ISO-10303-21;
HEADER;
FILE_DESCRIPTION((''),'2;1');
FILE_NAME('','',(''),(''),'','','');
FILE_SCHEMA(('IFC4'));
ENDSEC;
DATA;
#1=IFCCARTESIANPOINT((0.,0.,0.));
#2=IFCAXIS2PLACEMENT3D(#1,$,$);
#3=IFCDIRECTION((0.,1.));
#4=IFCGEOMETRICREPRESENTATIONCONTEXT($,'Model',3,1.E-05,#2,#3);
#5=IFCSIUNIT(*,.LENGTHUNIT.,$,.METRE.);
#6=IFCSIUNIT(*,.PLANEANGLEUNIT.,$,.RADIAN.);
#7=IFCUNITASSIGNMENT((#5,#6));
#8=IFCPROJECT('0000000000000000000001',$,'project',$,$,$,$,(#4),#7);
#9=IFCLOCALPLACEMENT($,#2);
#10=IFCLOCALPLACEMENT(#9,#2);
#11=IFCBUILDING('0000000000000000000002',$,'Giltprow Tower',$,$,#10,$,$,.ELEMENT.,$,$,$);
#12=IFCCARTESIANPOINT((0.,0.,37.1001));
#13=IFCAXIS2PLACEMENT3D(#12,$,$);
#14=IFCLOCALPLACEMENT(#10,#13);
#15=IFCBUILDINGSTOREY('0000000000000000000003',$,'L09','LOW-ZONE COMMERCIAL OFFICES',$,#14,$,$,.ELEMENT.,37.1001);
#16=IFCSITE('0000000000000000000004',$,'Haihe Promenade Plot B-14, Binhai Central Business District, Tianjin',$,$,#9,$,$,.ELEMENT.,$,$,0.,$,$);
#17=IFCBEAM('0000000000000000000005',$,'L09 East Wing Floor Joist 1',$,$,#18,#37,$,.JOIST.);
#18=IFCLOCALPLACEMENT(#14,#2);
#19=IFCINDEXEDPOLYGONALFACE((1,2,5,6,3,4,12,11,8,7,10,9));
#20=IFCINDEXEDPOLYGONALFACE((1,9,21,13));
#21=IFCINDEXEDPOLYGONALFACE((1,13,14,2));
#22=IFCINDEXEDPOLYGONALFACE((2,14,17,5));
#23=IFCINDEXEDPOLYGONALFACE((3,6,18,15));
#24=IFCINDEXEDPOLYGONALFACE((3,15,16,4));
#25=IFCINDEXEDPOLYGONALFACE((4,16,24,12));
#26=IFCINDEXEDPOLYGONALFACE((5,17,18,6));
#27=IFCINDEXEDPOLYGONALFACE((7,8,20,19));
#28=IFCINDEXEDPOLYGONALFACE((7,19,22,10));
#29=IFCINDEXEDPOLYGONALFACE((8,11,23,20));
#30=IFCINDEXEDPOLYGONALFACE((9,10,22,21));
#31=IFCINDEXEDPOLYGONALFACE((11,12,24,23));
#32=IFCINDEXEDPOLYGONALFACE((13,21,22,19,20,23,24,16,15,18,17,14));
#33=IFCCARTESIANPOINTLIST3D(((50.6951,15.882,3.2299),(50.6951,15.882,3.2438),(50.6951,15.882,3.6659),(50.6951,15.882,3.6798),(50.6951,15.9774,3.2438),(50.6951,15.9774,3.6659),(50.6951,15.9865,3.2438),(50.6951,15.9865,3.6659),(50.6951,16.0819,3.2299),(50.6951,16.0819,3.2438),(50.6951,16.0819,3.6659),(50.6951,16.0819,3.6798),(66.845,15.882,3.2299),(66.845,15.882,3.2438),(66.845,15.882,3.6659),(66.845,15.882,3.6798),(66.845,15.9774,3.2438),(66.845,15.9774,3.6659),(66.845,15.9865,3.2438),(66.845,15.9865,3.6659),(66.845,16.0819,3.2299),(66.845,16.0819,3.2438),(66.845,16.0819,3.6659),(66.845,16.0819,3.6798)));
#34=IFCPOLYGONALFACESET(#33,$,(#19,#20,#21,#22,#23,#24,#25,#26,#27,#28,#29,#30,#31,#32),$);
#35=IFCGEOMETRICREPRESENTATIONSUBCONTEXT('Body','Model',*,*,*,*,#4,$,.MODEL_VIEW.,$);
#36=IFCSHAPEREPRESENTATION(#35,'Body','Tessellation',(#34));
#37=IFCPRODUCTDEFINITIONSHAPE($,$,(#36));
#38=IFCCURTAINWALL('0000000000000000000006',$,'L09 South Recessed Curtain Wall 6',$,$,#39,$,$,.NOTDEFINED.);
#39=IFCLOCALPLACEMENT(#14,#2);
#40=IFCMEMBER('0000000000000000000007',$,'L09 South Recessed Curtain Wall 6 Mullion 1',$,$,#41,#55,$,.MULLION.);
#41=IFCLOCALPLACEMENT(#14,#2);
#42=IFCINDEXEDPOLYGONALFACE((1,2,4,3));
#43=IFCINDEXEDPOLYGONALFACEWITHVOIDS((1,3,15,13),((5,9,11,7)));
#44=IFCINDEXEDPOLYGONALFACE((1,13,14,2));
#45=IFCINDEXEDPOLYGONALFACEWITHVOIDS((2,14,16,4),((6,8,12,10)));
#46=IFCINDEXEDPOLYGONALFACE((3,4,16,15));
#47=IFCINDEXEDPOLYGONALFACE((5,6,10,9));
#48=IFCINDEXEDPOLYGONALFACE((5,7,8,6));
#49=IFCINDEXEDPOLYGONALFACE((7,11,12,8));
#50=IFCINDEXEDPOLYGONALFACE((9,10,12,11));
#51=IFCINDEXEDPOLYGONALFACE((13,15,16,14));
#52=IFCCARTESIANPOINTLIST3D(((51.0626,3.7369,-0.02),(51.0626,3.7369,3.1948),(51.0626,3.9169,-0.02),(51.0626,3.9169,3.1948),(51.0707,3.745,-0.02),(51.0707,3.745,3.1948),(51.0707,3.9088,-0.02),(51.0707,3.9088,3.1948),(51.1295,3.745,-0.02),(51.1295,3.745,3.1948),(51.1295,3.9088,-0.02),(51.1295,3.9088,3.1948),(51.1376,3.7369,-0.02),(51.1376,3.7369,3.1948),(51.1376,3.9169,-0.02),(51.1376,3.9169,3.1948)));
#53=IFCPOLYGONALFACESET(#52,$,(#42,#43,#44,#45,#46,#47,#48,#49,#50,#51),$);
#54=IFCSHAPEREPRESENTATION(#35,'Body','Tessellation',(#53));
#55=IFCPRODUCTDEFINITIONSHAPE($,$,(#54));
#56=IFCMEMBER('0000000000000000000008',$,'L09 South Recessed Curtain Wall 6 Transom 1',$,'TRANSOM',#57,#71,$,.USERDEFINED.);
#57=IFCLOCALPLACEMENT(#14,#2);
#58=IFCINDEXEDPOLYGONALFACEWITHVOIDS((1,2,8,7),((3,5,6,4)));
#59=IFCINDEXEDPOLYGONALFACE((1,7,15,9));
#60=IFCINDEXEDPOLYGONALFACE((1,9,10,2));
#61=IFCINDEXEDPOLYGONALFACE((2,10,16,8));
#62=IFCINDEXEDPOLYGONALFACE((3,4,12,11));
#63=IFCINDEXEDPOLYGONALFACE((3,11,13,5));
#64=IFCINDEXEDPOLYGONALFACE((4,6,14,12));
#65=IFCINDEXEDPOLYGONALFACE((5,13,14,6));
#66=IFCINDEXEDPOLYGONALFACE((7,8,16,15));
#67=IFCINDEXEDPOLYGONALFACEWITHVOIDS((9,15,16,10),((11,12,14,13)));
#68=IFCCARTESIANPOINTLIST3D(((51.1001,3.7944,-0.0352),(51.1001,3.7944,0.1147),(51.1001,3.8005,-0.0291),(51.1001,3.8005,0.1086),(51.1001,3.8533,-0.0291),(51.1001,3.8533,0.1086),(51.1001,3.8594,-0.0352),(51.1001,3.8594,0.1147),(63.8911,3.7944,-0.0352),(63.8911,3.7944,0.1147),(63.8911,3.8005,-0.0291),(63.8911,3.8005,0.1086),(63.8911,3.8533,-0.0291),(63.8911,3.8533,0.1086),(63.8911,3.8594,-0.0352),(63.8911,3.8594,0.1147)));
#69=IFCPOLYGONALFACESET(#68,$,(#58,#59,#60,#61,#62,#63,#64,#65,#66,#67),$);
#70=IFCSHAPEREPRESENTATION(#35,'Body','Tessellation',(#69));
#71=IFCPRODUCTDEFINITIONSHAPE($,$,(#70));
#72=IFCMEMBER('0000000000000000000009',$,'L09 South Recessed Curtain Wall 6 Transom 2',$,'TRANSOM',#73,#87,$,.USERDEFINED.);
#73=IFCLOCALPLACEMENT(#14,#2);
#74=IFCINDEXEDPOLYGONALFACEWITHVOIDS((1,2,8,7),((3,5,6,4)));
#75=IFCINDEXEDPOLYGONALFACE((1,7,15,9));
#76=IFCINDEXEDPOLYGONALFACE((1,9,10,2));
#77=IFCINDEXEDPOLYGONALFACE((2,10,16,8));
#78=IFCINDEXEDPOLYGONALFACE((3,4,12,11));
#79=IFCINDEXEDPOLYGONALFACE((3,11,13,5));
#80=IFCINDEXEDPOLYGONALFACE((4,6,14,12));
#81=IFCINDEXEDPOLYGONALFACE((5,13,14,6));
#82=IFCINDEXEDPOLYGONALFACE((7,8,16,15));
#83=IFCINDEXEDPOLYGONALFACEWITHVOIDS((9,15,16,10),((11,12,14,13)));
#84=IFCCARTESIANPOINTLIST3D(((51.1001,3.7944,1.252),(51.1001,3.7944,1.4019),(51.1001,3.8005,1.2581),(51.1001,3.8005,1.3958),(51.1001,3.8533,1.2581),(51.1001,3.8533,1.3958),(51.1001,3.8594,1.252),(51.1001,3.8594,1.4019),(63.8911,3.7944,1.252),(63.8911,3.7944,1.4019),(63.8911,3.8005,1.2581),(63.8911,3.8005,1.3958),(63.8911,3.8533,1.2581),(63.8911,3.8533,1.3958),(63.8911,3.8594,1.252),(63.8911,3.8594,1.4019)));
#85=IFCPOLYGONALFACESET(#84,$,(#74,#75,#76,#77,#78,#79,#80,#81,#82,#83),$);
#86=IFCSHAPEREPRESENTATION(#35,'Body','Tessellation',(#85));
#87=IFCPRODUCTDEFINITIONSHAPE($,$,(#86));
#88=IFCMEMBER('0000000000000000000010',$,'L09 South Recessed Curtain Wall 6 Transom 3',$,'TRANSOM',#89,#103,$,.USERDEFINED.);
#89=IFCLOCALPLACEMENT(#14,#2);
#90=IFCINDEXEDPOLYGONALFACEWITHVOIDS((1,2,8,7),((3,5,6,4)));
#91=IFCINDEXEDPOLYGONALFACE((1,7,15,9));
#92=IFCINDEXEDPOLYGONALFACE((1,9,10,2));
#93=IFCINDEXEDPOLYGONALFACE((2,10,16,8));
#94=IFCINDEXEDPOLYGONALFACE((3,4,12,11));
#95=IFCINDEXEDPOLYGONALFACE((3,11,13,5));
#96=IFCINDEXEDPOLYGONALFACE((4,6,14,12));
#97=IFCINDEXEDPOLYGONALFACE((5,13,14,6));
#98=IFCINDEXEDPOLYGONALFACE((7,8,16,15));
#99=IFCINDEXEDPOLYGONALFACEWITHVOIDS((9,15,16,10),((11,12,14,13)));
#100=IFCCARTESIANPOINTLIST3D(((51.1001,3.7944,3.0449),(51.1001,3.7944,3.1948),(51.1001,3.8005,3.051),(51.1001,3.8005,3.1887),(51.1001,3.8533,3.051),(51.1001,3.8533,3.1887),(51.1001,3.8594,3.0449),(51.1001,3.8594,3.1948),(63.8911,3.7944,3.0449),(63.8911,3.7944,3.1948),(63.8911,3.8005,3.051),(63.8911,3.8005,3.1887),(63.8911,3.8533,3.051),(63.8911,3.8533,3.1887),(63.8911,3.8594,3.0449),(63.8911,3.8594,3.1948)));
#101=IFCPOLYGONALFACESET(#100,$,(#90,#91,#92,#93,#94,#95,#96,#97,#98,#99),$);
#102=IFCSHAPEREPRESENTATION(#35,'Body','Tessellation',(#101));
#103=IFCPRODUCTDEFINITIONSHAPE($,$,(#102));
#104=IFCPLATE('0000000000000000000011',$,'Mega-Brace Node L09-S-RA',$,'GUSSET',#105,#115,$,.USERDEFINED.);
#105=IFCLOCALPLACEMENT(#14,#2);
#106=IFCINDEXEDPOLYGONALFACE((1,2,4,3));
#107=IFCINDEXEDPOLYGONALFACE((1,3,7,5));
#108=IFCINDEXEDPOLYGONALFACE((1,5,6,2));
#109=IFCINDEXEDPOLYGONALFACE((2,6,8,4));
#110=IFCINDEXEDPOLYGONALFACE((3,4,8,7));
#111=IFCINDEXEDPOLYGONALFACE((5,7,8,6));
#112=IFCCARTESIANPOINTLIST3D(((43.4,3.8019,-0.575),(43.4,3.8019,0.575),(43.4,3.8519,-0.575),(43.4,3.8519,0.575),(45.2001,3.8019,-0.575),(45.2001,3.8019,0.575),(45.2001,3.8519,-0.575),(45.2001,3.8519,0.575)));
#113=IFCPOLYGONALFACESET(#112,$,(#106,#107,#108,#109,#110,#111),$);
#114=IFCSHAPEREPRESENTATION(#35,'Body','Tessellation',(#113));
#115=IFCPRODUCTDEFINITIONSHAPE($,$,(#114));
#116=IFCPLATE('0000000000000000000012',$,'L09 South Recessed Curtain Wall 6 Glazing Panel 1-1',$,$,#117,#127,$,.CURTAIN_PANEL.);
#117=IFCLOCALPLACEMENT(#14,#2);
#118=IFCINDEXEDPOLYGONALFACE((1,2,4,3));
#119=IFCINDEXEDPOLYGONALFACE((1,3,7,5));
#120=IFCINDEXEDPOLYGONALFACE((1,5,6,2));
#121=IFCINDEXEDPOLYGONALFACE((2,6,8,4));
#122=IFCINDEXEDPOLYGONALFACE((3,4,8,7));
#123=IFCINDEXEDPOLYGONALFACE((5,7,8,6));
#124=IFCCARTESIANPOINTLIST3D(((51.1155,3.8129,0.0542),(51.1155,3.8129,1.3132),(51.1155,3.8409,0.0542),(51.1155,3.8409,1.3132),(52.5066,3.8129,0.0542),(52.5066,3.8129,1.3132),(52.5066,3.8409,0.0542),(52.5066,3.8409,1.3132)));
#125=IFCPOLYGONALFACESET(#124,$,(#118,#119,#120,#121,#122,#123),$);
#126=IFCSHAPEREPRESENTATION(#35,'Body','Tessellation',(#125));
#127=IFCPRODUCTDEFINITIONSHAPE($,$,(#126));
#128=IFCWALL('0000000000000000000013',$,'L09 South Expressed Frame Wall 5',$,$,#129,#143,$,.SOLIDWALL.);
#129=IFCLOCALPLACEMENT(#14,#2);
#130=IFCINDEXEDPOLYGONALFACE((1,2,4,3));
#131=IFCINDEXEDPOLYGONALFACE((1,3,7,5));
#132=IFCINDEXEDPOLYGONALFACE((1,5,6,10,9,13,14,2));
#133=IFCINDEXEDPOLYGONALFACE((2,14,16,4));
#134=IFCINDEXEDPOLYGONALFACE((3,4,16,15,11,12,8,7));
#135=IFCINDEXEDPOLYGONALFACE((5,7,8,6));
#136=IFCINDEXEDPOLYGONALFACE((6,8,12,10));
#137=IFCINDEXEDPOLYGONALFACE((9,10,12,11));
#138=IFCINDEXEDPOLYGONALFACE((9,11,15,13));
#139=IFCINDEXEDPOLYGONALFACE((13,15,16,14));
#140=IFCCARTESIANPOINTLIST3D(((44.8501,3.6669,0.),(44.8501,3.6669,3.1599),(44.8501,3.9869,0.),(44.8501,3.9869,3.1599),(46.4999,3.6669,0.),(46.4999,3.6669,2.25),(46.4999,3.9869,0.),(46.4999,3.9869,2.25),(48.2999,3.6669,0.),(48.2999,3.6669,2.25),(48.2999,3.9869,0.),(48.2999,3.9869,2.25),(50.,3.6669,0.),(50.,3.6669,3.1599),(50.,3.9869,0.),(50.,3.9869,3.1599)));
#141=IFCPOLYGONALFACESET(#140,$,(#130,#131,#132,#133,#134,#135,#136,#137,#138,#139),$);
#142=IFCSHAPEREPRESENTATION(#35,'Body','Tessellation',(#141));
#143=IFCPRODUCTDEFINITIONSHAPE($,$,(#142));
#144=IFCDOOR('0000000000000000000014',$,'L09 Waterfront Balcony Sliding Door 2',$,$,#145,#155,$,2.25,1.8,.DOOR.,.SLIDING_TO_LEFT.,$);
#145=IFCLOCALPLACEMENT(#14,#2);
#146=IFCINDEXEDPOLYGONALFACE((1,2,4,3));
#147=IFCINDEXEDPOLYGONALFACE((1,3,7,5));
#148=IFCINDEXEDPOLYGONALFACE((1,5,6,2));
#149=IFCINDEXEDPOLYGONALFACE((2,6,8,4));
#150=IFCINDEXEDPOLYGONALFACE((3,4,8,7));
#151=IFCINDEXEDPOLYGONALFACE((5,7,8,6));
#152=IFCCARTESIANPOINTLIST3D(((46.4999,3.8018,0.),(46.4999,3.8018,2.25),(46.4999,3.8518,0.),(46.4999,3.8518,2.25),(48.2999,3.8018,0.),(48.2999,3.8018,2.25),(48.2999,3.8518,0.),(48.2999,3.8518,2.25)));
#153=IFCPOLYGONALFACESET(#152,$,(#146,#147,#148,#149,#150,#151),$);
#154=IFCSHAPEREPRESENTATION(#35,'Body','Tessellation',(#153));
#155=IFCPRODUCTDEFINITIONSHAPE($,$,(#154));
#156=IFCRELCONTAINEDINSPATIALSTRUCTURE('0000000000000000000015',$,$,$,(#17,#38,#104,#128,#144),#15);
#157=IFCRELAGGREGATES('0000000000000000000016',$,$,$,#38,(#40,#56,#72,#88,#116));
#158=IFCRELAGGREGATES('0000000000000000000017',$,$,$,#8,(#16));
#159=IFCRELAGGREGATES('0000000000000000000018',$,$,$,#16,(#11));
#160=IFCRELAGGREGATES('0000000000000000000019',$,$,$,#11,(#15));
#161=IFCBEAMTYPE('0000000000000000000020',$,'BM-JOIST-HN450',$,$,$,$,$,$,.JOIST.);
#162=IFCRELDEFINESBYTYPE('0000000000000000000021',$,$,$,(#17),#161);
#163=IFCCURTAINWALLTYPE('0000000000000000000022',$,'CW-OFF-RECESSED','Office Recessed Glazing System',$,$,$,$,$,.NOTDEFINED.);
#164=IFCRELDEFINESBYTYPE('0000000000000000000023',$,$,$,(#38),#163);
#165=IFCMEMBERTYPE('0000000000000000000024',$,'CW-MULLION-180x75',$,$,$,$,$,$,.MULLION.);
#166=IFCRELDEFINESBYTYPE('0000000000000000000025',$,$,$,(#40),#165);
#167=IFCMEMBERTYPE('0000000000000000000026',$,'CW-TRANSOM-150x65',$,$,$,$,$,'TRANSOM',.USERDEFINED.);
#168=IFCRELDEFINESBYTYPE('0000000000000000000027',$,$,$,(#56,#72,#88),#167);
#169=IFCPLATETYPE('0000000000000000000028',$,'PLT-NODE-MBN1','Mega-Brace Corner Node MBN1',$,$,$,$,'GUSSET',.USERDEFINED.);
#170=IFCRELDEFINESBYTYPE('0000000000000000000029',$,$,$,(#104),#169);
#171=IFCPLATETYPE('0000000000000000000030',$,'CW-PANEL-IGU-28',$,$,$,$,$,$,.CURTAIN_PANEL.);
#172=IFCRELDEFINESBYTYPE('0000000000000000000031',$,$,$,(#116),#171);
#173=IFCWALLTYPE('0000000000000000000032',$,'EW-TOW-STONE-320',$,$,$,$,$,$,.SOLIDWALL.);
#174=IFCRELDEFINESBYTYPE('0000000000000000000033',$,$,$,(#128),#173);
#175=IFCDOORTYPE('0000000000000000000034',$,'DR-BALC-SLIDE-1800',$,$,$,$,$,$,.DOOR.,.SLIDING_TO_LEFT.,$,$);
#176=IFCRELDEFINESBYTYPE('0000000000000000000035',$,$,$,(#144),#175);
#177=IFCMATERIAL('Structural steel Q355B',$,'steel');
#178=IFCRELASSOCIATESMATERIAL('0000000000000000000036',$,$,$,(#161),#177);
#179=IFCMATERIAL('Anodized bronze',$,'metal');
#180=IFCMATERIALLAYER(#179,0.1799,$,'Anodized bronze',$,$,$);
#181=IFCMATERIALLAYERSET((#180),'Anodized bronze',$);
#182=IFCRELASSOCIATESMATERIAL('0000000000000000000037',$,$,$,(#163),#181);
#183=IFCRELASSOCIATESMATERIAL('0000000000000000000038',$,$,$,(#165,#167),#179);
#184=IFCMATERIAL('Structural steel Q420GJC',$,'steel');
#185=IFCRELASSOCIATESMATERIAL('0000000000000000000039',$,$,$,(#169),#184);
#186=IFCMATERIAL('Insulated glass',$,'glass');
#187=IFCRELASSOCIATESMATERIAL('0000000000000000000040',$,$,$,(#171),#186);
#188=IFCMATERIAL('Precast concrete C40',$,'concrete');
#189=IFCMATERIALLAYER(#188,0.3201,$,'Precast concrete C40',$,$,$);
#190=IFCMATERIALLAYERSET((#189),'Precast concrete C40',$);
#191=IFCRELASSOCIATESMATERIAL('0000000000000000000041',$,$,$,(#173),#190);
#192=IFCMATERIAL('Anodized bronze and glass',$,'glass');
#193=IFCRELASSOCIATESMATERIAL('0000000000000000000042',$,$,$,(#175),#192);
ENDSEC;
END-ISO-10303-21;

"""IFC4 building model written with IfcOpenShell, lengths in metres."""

from ifc_helpers import new_model, si_unit, direction, frame, frame_2d, origin, origin_2d, place, context, subcontext, project, spatial, rectangle, hollow_rectangle, i_section, extrude, source, transform, mapped, material, layer, layer_set, material_profile, profile_set, type_object, element, fill, aggregate, save


model = new_model("IFC4")

# Units and contexts
model_context = context("Model", 3, precision=1e-05, world=origin(), true_north=direction((0.0, 1.0)))
body_context = subcontext(model_context, "Body", "Model", "MODEL_VIEW")
ifc_project = project(units=[si_unit("LENGTHUNIT", "METRE"), si_unit("PLANEANGLEUNIT", "RADIAN")], contexts=[model_context])

# Site, building, storey
site_placement = place(None, origin())
site = spatial("IfcSite", under=ifc_project, at=site_placement, Name="Haihe Promenade Plot B-14, Binhai Central Business District, Tianjin", CompositionType="ELEMENT", RefElevation=0.0)
building_placement = place(site_placement, origin())
building = spatial("IfcBuilding", under=site, at=building_placement, Name="Giltprow Tower", CompositionType="ELEMENT")
storey_placement = place(building_placement, frame((0.0, 0.0, 37.1001)))
storey = spatial("IfcBuildingStorey", under=building, at=storey_placement, Name="L09", Description="LOW-ZONE COMMERCIAL OFFICES", CompositionType="ELEMENT", Elevation=37.1001)

# Shared definitions
ifc_material_1 = material(Name="Structural steel Q420GJC", Category="steel")

# Beam
ifc_material_2 = material(Name="Structural steel Q355B", Category="steel")
ifc_material_profile_1 = material_profile(ifc_material_2, i_section(OverallWidth=0.2, OverallDepth=0.45, WebThickness=0.009, FlangeThickness=0.0139, at=origin_2d()), Name="HN 450x200x9x14")
ifc_profile_set_1 = profile_set([ifc_material_profile_1], Name="Structural steel Q355B")
beam_type_1 = type_object("IfcBeamType", Name="BM-JOIST-HN450", PredefinedType="JOIST", material=ifc_profile_set_1)
shared_shape_1 = source(origin(), body_context, "Body", "SweptSolid", [
    extrude(i_section(OverallWidth=0.2, OverallDepth=0.45, WebThickness=0.009, FlangeThickness=0.0139, at=origin_2d()), origin(), (0.0, 0.0, 1.0), 16.1499),
])
beam_1_placement = place(storey_placement, frame((50.6951, 15.9819, 3.4548), z_axis=(1.0, 0.0, 0.0), x_axis=(0.0, 1.0, 0.0)))
element("IfcBeam", 1, at=beam_1_placement, inside=storey, type_object=beam_type_1, Name="L09 East Wing Floor Joist 1", PredefinedType="JOIST", context=body_context, shape_type="MappedRepresentation", body=[
    mapped(shared_shape_1, transform((0.0, 0.0, 0.0), x_axis=(1.0, 0.0, 0.0), y_axis=(0.0, 1.0, 0.0), z_axis=(0.0, 0.0, 1.0), scale=1.0)),
])

# Curtain wall, members
ifc_material_3 = material(Name="Anodized bronze", Category="metal")
ifc_layer_1 = layer(ifc_material_3, 0.1799, Name="Anodized bronze")
ifc_layer_set_1 = layer_set([ifc_layer_1], Name="Anodized bronze")
curtain_wall_type = type_object("IfcCurtainWallType", Name="CW-OFF-RECESSED", Description="Office Recessed Glazing System", PredefinedType="NOTDEFINED", material=ifc_layer_set_1)
curtain_wall_placement = place(storey_placement, origin())
curtain_wall = element("IfcCurtainWall", 2, at=curtain_wall_placement, inside=storey, type_object=curtain_wall_type, Name="L09 South Recessed Curtain Wall 6", PredefinedType="NOTDEFINED")
ifc_material_profile_2 = material_profile(ifc_material_3, hollow_rectangle(XDim=0.075, YDim=0.1799, WallThickness=0.0081, at=origin_2d()), Name="RHS 180x75x8")
ifc_profile_set_2 = profile_set([ifc_material_profile_2], Name="Anodized bronze")
member_type_1 = type_object("IfcMemberType", Name="CW-MULLION-180x75", PredefinedType="MULLION", material=ifc_profile_set_2)
shared_shape_2 = source(origin(), body_context, "Body", "SweptSolid", [
    extrude(hollow_rectangle(XDim=0.075, YDim=0.1799, WallThickness=0.0081, at=origin_2d()), origin(), (0.0, 0.0, 1.0), 3.2148),
])
member_1_placement = place(storey_placement, frame((51.1001, 3.8269, -0.02), z_axis=(0.0, 0.0, 1.0), x_axis=(1.0, 0.0, 0.0)))
member_1 = element("IfcMember", 3, at=member_1_placement, type_object=member_type_1, Name="L09 South Recessed Curtain Wall 6 Mullion 1", PredefinedType="MULLION", context=body_context, shape_type="MappedRepresentation", body=[
    mapped(shared_shape_2, transform((0.0, 0.0, 0.0), x_axis=(1.0, 0.0, 0.0), y_axis=(0.0, 1.0, 0.0), z_axis=(0.0, 0.0, 1.0), scale=1.0)),
])
ifc_material_profile_3 = material_profile(ifc_material_3, hollow_rectangle(XDim=0.0649, YDim=0.1499, WallThickness=0.0061, at=origin_2d()), Name="RHS 150x65x6")
ifc_profile_set_3 = profile_set([ifc_material_profile_3], Name="Anodized bronze")
member_type_2 = type_object("IfcMemberType", Name="CW-TRANSOM-150x65", ElementType="TRANSOM", PredefinedType="USERDEFINED", material=ifc_profile_set_3)
shared_shape_3 = source(origin(), body_context, "Body", "SweptSolid", [
    extrude(hollow_rectangle(XDim=0.0649, YDim=0.1499, WallThickness=0.0061, at=origin_2d()), origin(), (0.0, 0.0, 1.0), 12.791),
])
member_2_placement = place(storey_placement, frame((51.1001, 3.8269, 0.0398), z_axis=(1.0, 0.0, 0.0), x_axis=(0.0, 1.0, 0.0)))
member_2 = element("IfcMember", 4, at=member_2_placement, type_object=member_type_2, Name="L09 South Recessed Curtain Wall 6 Transom 1", ObjectType="TRANSOM", PredefinedType="USERDEFINED", context=body_context, shape_type="MappedRepresentation", body=[
    mapped(shared_shape_3, transform((0.0, 0.0, 0.0), x_axis=(1.0, 0.0, 0.0), y_axis=(0.0, 1.0, 0.0), z_axis=(0.0, 0.0, 1.0), scale=1.0)),
])
member_3_placement = place(storey_placement, frame((51.1001, 3.8269, 1.3269), z_axis=(1.0, 0.0, 0.0), x_axis=(0.0, 1.0, 0.0)))
member_3 = element("IfcMember", 5, at=member_3_placement, type_object=member_type_2, Name="L09 South Recessed Curtain Wall 6 Transom 2", ObjectType="TRANSOM", PredefinedType="USERDEFINED", context=body_context, shape_type="MappedRepresentation", body=[
    mapped(shared_shape_3, transform((0.0, 0.0, 0.0), x_axis=(1.0, 0.0, 0.0), y_axis=(0.0, 1.0, 0.0), z_axis=(0.0, 0.0, 1.0), scale=1.0)),
])
member_4_placement = place(storey_placement, frame((51.1001, 3.8269, 3.1199), z_axis=(1.0, 0.0, 0.0), x_axis=(0.0, 1.0, 0.0)))
member_4 = element("IfcMember", 6, at=member_4_placement, type_object=member_type_2, Name="L09 South Recessed Curtain Wall 6 Transom 3", ObjectType="TRANSOM", PredefinedType="USERDEFINED", context=body_context, shape_type="MappedRepresentation", body=[
    mapped(shared_shape_3, transform((0.0, 0.0, 0.0), x_axis=(1.0, 0.0, 0.0), y_axis=(0.0, 1.0, 0.0), z_axis=(0.0, 0.0, 1.0), scale=1.0)),
])

# Plates
plate_type_1 = type_object("IfcPlateType", Name="PLT-NODE-MBN1", Description="Mega-Brace Corner Node MBN1", ElementType="GUSSET", PredefinedType="USERDEFINED", material=ifc_material_1)
shared_shape_4 = source(origin(), body_context, "Body", "SweptSolid", [
    extrude(rectangle(XDim=1.8, YDim=0.05, at=origin_2d()), origin(), (0.0, 0.0, 1.0), 1.1499),
])
plate_1_placement = place(storey_placement, frame((44.3, 3.8269, -0.575), z_axis=(0.0, 0.0, 1.0), x_axis=(1.0, 0.0, 0.0)))
element("IfcPlate", 7, at=plate_1_placement, inside=storey, type_object=plate_type_1, Name="Mega-Brace Node L09-S-RA", ObjectType="GUSSET", PredefinedType="USERDEFINED", context=body_context, shape_type="MappedRepresentation", body=[
    mapped(shared_shape_4, transform((0.0, 0.0, 0.0), x_axis=(1.0, 0.0, 0.0), y_axis=(0.0, 1.0, 0.0), z_axis=(0.0, 0.0, 1.0), scale=1.0)),
])
ifc_material_4 = material(Name="Insulated glass", Category="glass")
plate_type_2 = type_object("IfcPlateType", Name="CW-PANEL-IGU-28", PredefinedType="CURTAIN_PANEL", material=ifc_material_4)
shared_shape_5 = source(origin(), body_context, "Body", "SweptSolid", [
    extrude(rectangle(XDim=1.3911, YDim=0.0281, at=origin_2d()), origin(), (0.0, 0.0, 1.0), 1.259),
])
plate_2_placement = place(storey_placement, frame((51.811, 3.8269, 0.0542), z_axis=(0.0, 0.0, 1.0), x_axis=(1.0, 0.0, 0.0)))
plate_2 = element("IfcPlate", 8, at=plate_2_placement, type_object=plate_type_2, Name="L09 South Recessed Curtain Wall 6 Glazing Panel 1-1", PredefinedType="CURTAIN_PANEL", context=body_context, shape_type="MappedRepresentation", body=[
    mapped(shared_shape_5, transform((0.0, 0.0, 0.0), x_axis=(1.0, 0.0, 0.0), y_axis=(0.0, 1.0, 0.0), z_axis=(0.0, 0.0, 1.0), scale=1.0)),
])
aggregate(curtain_wall, [member_1, member_2, member_3, member_4, plate_2])

# Wall, opening, door
ifc_material_5 = material(Name="Precast concrete C40", Category="concrete")
ifc_layer_2 = layer(ifc_material_5, 0.3201, Name="Precast concrete C40")
ifc_layer_set_2 = layer_set([ifc_layer_2], Name="Precast concrete C40")
wall_type = type_object("IfcWallType", Name="EW-TOW-STONE-320", PredefinedType="SOLIDWALL", material=ifc_layer_set_2)
wall_placement = place(storey_placement, frame((44.8501, 3.8269, 0.0), z_axis=(0.0, 0.0, 1.0), x_axis=(1.0, 0.0, 0.0)))
wall = element("IfcWall", 9, at=wall_placement, inside=storey, type_object=wall_type, Name="L09 South Expressed Frame Wall 5", PredefinedType="SOLIDWALL", context=body_context, shape_type="SweptSolid", body=[
    extrude(rectangle(XDim=5.1499, YDim=0.3201, at=frame_2d((2.575, 0.0))), origin(), (0.0, 0.0, 1.0), 3.1599),
])
opening_placement = place(wall_placement, frame((1.6499, 0.0, 0.0)))
opening = element("IfcOpeningElement", 10, at=opening_placement, cuts=wall, PredefinedType="OPENING", context=body_context, shape_type="SweptSolid", body=[
    extrude(rectangle(XDim=1.8, YDim=2.25, at=frame_2d((0.8999, 1.125))), frame((0.0, 0.1699, 0.0), z_axis=(0.0, -1.0, 0.0), x_axis=(1.0, 0.0, 0.0)), (0.0, 0.0, 1.0), 0.3401),
])
ifc_material_6 = material(Name="Anodized bronze and glass", Category="glass")
door_type = type_object("IfcDoorType", Name="DR-BALC-SLIDE-1800", OperationType="SLIDING_TO_LEFT", PredefinedType="DOOR", material=ifc_material_6)
shared_shape_6 = source(origin(), body_context, "Body", "SweptSolid", [
    extrude(rectangle(XDim=1.8, YDim=2.25, at=frame_2d((0.8999, 1.125))), frame((0.0, 0.0249, 0.0), z_axis=(0.0, -1.0, 0.0), x_axis=(1.0, 0.0, 0.0)), (0.0, 0.0, 1.0), 0.05),
])
door_placement = place(opening_placement, origin())
door = element("IfcDoor", 11, at=door_placement, inside=storey, type_object=door_type, Name="L09 Waterfront Balcony Sliding Door 2", OperationType="SLIDING_TO_LEFT", OverallHeight=2.25, OverallWidth=1.8, PredefinedType="DOOR", context=body_context, shape_type="MappedRepresentation", body=[
    mapped(shared_shape_6, transform((0.0, 0.0, 0.0), x_axis=(1.0, 0.0, 0.0), y_axis=(0.0, 1.0, 0.0), z_axis=(0.0, 0.0, 1.0), scale=1.0)),
])
fill(opening, door)

save(model, "model.ifc")
